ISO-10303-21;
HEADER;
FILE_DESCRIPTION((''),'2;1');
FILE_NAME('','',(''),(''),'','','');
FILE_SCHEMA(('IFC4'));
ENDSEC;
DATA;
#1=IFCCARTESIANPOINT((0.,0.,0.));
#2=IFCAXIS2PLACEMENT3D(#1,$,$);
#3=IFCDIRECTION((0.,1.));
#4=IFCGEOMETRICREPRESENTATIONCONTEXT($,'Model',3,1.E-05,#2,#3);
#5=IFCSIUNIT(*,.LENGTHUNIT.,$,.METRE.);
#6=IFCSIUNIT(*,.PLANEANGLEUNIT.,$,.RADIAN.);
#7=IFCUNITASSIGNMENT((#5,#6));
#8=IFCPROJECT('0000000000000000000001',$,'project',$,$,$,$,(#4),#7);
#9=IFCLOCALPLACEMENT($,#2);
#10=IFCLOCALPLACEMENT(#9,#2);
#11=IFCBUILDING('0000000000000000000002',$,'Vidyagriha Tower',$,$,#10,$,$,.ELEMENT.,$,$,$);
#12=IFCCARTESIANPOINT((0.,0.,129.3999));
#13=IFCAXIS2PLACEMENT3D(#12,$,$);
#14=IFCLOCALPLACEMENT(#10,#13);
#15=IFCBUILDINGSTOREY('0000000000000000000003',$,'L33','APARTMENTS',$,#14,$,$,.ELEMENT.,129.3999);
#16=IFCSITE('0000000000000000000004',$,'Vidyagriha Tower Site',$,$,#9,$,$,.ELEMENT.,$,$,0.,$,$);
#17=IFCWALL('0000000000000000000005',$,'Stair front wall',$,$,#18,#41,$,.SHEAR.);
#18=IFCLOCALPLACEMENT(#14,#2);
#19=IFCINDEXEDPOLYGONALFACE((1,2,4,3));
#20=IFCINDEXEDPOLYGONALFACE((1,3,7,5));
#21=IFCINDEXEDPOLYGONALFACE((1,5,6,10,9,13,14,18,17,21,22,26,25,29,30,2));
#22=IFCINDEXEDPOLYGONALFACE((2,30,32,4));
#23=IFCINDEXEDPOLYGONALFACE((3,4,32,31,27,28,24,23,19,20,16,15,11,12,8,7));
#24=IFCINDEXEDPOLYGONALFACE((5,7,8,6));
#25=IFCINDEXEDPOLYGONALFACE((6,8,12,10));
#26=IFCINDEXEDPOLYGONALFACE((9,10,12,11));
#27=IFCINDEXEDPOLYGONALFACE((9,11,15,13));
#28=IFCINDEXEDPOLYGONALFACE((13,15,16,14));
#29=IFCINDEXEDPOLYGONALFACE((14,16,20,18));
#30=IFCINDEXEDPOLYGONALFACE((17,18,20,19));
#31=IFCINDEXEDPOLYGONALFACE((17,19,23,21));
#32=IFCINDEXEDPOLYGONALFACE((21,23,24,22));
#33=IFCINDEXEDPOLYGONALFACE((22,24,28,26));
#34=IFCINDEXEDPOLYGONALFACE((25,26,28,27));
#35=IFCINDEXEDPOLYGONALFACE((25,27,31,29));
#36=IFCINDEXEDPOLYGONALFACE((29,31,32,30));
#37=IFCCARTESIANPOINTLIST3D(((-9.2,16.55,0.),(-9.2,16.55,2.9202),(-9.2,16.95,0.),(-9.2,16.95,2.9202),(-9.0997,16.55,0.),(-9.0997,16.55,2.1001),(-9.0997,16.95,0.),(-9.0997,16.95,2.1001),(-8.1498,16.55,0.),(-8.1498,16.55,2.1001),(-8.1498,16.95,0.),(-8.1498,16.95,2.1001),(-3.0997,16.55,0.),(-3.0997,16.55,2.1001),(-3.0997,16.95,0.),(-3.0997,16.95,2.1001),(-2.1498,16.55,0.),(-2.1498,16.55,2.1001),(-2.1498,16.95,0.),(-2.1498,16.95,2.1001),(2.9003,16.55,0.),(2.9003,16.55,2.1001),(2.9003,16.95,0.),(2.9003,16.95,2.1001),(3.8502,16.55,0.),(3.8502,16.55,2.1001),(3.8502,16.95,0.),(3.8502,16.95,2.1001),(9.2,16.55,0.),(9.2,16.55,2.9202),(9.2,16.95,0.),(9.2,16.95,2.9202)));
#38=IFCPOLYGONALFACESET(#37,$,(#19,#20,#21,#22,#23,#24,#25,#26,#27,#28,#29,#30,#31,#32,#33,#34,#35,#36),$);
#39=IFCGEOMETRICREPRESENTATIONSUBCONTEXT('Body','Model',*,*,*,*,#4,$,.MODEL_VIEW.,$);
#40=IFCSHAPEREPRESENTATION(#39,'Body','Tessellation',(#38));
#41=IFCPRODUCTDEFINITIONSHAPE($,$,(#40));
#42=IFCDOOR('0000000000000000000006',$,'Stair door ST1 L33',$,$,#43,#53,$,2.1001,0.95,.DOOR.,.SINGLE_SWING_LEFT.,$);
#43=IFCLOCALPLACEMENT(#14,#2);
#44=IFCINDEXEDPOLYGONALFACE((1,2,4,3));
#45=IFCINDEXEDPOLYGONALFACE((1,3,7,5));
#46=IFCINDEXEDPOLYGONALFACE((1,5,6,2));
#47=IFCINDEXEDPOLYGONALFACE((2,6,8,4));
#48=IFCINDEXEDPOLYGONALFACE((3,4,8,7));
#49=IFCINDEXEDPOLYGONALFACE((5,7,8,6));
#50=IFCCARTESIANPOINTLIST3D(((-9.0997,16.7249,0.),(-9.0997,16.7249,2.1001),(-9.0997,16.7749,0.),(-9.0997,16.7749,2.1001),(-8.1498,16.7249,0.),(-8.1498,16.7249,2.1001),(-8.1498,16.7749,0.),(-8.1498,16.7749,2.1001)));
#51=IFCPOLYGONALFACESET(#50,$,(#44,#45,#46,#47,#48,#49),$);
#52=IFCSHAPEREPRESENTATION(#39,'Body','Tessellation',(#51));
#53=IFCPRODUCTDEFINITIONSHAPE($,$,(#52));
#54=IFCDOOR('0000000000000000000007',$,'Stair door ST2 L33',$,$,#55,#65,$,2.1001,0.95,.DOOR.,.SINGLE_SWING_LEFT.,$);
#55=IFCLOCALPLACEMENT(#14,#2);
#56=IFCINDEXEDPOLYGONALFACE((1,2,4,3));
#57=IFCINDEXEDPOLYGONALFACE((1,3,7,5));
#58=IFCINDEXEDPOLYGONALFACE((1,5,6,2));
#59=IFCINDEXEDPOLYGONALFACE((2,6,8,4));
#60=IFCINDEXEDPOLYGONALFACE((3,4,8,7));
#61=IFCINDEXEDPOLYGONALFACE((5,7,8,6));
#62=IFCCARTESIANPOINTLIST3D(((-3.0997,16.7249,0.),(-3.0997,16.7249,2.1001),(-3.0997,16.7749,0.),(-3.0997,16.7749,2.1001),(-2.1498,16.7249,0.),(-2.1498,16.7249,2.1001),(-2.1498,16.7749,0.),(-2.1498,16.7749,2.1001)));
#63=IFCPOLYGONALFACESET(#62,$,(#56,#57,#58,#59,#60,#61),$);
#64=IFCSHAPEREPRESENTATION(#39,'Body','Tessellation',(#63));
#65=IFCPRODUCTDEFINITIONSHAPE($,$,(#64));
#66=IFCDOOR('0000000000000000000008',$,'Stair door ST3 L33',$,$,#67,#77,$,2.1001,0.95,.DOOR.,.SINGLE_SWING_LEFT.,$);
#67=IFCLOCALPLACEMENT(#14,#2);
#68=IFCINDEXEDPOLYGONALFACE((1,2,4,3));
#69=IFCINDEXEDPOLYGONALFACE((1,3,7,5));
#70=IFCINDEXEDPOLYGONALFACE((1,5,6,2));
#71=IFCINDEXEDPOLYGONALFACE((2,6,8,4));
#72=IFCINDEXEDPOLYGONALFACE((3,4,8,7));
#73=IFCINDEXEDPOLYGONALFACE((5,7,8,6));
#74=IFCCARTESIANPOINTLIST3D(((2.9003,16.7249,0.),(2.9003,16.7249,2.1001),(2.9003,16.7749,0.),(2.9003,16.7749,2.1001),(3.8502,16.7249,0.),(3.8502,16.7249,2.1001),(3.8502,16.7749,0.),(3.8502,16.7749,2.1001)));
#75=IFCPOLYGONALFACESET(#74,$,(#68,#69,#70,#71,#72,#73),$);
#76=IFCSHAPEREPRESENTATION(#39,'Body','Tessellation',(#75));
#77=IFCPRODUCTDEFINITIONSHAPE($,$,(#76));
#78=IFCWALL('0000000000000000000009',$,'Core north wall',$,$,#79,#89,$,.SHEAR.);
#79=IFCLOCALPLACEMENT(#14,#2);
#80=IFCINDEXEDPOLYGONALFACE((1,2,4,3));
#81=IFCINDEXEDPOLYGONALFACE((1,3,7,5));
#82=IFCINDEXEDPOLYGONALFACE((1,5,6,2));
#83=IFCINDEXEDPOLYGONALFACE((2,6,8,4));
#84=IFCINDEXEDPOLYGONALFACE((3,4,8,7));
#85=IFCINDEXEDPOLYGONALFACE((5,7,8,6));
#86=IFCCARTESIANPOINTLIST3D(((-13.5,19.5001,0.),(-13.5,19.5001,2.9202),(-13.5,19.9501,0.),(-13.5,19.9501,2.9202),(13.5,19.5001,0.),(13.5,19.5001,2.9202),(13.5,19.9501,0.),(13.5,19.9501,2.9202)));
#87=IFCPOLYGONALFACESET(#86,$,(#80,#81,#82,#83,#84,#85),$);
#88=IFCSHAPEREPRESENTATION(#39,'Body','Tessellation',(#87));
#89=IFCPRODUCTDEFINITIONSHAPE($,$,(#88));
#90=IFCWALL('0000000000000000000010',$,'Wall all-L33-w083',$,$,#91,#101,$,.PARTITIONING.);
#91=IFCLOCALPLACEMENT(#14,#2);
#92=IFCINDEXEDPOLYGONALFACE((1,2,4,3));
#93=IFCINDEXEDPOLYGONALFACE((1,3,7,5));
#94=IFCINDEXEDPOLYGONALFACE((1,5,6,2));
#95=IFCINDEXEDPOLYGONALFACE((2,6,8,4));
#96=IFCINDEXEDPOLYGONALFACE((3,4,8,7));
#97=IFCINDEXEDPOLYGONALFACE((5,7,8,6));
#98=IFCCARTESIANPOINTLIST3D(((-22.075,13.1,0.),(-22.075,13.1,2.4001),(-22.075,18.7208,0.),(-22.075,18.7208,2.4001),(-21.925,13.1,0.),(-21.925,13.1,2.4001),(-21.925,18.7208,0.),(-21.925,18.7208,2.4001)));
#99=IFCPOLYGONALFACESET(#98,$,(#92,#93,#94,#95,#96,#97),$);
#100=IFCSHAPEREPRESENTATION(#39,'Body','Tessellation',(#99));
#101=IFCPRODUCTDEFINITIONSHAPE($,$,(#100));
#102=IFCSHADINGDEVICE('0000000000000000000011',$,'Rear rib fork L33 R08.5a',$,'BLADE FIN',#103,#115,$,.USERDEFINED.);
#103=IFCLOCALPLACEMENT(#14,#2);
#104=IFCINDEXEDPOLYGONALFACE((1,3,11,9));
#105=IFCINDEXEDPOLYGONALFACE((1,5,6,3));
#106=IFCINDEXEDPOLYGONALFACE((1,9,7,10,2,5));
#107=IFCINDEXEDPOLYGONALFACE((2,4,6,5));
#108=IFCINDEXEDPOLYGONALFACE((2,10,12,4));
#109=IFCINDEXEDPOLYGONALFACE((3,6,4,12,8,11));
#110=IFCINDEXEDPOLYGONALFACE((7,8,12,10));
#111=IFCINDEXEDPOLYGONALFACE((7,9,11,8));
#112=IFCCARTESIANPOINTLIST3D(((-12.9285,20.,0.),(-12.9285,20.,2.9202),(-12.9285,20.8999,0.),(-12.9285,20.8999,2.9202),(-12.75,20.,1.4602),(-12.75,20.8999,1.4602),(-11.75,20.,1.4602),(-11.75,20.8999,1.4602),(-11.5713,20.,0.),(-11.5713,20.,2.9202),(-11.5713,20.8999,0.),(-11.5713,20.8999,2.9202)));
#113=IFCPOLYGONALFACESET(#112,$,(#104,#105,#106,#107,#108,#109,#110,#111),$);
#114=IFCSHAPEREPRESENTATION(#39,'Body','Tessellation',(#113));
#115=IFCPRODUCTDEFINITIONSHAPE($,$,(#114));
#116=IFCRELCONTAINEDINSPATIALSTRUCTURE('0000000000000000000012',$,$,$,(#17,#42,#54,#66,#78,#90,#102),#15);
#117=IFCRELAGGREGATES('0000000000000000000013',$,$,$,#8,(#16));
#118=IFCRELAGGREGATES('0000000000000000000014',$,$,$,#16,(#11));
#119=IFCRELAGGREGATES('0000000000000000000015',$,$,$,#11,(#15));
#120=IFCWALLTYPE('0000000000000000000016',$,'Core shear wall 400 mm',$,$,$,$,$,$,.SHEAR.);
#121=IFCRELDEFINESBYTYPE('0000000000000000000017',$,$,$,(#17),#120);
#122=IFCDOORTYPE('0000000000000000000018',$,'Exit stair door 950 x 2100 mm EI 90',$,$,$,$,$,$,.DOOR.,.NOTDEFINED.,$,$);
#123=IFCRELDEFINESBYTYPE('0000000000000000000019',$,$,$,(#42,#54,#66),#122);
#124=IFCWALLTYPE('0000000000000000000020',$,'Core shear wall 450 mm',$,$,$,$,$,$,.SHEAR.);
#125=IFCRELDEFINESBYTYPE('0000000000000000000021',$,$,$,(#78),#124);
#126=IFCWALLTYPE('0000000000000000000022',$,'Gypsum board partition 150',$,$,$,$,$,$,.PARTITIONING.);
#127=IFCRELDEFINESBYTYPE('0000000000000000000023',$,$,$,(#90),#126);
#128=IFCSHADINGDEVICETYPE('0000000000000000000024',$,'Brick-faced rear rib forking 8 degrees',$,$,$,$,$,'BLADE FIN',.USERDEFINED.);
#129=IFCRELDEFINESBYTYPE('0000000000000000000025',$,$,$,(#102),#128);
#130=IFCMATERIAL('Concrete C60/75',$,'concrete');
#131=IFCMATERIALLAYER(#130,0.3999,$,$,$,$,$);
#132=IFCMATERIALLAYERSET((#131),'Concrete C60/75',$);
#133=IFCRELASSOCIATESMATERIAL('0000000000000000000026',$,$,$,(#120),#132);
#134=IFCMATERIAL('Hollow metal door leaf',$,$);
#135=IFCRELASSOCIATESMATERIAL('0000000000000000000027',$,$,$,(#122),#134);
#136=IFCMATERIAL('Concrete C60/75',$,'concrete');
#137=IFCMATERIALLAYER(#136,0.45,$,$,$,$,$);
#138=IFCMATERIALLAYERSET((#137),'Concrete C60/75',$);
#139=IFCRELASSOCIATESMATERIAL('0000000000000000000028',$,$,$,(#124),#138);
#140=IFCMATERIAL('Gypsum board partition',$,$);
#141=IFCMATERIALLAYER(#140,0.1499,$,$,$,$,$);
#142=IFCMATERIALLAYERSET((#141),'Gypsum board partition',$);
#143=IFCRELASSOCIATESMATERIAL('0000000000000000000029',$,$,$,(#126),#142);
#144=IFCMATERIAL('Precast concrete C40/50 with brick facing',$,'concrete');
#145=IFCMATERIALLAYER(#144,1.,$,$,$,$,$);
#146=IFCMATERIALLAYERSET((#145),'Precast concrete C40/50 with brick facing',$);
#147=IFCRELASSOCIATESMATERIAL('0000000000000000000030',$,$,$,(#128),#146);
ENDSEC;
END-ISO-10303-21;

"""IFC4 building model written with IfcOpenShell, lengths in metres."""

from ifc_helpers import new_model, si_unit, direction, frame, frame_2d, origin, place, context, subcontext, project, spatial, polyline, rectangle, outline, extrude, material, layer, layer_set, type_object, element, fill, save


model = new_model("IFC4")

# Units and contexts
model_context = context("Model", 3, precision=1e-05, world=origin(), true_north=direction((0.0, 1.0)))
body_context = subcontext(model_context, "Body", "Model", "MODEL_VIEW")
ifc_project = project(units=[si_unit("LENGTHUNIT", "METRE"), si_unit("PLANEANGLEUNIT", "RADIAN")], contexts=[model_context])

# Site, building, storey
site_placement = place(None, origin())
site = spatial("IfcSite", under=ifc_project, at=site_placement, Name="Vidyagriha Tower Site", CompositionType="ELEMENT", RefElevation=0.0)
building_placement = place(site_placement, origin())
building = spatial("IfcBuilding", under=site, at=building_placement, Name="Vidyagriha Tower", CompositionType="ELEMENT")
storey_placement = place(building_placement, frame((0.0, 0.0, 129.3999)))
storey = spatial("IfcBuildingStorey", under=building, at=storey_placement, Name="L33", Description="APARTMENTS", CompositionType="ELEMENT", Elevation=129.3999)

# Shared definitions
ifc_material_1 = material(Name="Concrete C60/75", Category="concrete")
ifc_layer_1 = layer(ifc_material_1, 0.3999)
ifc_layer_set_1 = layer_set([ifc_layer_1], Name="Concrete C60/75")
wall_type_1 = type_object("IfcWallType", Name="Core shear wall 400 mm", PredefinedType="SHEAR", material=ifc_layer_set_1)

# Wall, openings, doors
wall_1_placement = place(storey_placement, frame((-9.2, 16.75, 0.0)))
wall_1 = element("IfcWall", 1, at=wall_1_placement, inside=storey, type_object=wall_type_1, Name="Stair front wall", PredefinedType="SHEAR", context=body_context, shape_type="SweptSolid", body=[
    extrude(rectangle(XDim=18.3999, YDim=0.3999, at=frame_2d((9.2, 0.0))), origin(), (0.0, 0.0, 1.0), 2.9202),
])
opening_1_placement = place(wall_1_placement, frame((0.1001, 0.0, 0.0)))
opening_1 = element("IfcOpeningElement", 2, at=opening_1_placement, cuts=wall_1, PredefinedType="OPENING", context=body_context, shape_type="SweptSolid", body=[
    extrude(rectangle(XDim=0.95, YDim=2.1001, at=frame_2d((0.4751, 1.05))), frame((0.0, 0.21, 0.0), z_axis=(0.0, -1.0, 0.0), x_axis=(1.0, 0.0, 0.0)), (0.0, 0.0, 1.0), 0.4199),
])
opening_2_placement = place(wall_1_placement, frame((6.1001, 0.0, 0.0)))
opening_2 = element("IfcOpeningElement", 3, at=opening_2_placement, cuts=wall_1, PredefinedType="OPENING", context=body_context, shape_type="SweptSolid", body=[
    extrude(rectangle(XDim=0.95, YDim=2.1001, at=frame_2d((0.4751, 1.05))), frame((0.0, 0.21, 0.0), z_axis=(0.0, -1.0, 0.0), x_axis=(1.0, 0.0, 0.0)), (0.0, 0.0, 1.0), 0.4199),
])
opening_3_placement = place(wall_1_placement, frame((12.1001, 0.0, 0.0)))
opening_3 = element("IfcOpeningElement", 4, at=opening_3_placement, cuts=wall_1, PredefinedType="OPENING", context=body_context, shape_type="SweptSolid", body=[
    extrude(rectangle(XDim=0.95, YDim=2.1001, at=frame_2d((0.4751, 1.05))), frame((0.0, 0.21, 0.0), z_axis=(0.0, -1.0, 0.0), x_axis=(1.0, 0.0, 0.0)), (0.0, 0.0, 1.0), 0.4199),
])
ifc_material_2 = material(Name="Hollow metal door leaf")
door_type = type_object("IfcDoorType", Name="Exit stair door 950 x 2100 mm EI 90", OperationType="NOTDEFINED", PredefinedType="DOOR", material=ifc_material_2)
door_1_placement = place(opening_1_placement, origin())
door_1 = element("IfcDoor", 5, at=door_1_placement, inside=storey, type_object=door_type, Name="Stair door ST1 L33", OperationType="SINGLE_SWING_LEFT", OverallHeight=2.1001, OverallWidth=0.95, PredefinedType="DOOR", context=body_context, shape_type="SweptSolid", body=[
    extrude(rectangle(XDim=0.95, YDim=2.1001, at=frame_2d((0.4751, 1.05))), frame((0.0, 0.0249, 0.0), z_axis=(0.0, -1.0, 0.0), x_axis=(1.0, 0.0, 0.0)), (0.0, 0.0, 1.0), 0.05),
])
fill(opening_1, door_1)
door_2_placement = place(opening_2_placement, origin())
door_2 = element("IfcDoor", 6, at=door_2_placement, inside=storey, type_object=door_type, Name="Stair door ST2 L33", OperationType="SINGLE_SWING_LEFT", OverallHeight=2.1001, OverallWidth=0.95, PredefinedType="DOOR", context=body_context, shape_type="SweptSolid", body=[
    extrude(rectangle(XDim=0.95, YDim=2.1001, at=frame_2d((0.4751, 1.05))), frame((0.0, 0.0249, 0.0), z_axis=(0.0, -1.0, 0.0), x_axis=(1.0, 0.0, 0.0)), (0.0, 0.0, 1.0), 0.05),
])
fill(opening_2, door_2)
door_3_placement = place(opening_3_placement, origin())
door_3 = element("IfcDoor", 7, at=door_3_placement, inside=storey, type_object=door_type, Name="Stair door ST3 L33", OperationType="SINGLE_SWING_LEFT", OverallHeight=2.1001, OverallWidth=0.95, PredefinedType="DOOR", context=body_context, shape_type="SweptSolid", body=[
    extrude(rectangle(XDim=0.95, YDim=2.1001, at=frame_2d((0.4751, 1.05))), frame((0.0, 0.0249, 0.0), z_axis=(0.0, -1.0, 0.0), x_axis=(1.0, 0.0, 0.0)), (0.0, 0.0, 1.0), 0.05),
])
fill(opening_3, door_3)

# Walls
ifc_material_3 = material(Name="Concrete C60/75", Category="concrete")
ifc_layer_2 = layer(ifc_material_3, 0.45)
ifc_layer_set_2 = layer_set([ifc_layer_2], Name="Concrete C60/75")
wall_type_2 = type_object("IfcWallType", Name="Core shear wall 450 mm", PredefinedType="SHEAR", material=ifc_layer_set_2)
wall_2_placement = place(storey_placement, frame((-13.5, 19.7251, 0.0)))
element("IfcWall", 8, at=wall_2_placement, inside=storey, type_object=wall_type_2, Name="Core north wall", PredefinedType="SHEAR", context=body_context, shape_type="SweptSolid", body=[
    extrude(rectangle(XDim=27.0, YDim=0.45, at=frame_2d((13.5, 0.0))), origin(), (0.0, 0.0, 1.0), 2.9202),
])
ifc_material_4 = material(Name="Gypsum board partition")
ifc_layer_3 = layer(ifc_material_4, 0.1499)
ifc_layer_set_3 = layer_set([ifc_layer_3], Name="Gypsum board partition")
wall_type_3 = type_object("IfcWallType", Name="Gypsum board partition 150", PredefinedType="PARTITIONING", material=ifc_layer_set_3)
wall_3_placement = place(storey_placement, frame((-22.0, 18.7209, 0.0), z_axis=(0.0, 0.0, 1.0), x_axis=(0.0, -1.0, 0.0)))
element("IfcWall", 9, at=wall_3_placement, inside=storey, type_object=wall_type_3, Name="Wall all-L33-w083", PredefinedType="PARTITIONING", context=body_context, shape_type="SweptSolid", body=[
    extrude(rectangle(XDim=5.6208, YDim=0.1499, at=frame_2d((2.8105, 0.0))), origin(), (0.0, 0.0, 1.0), 2.4001),
])

# Shading device
ifc_material_5 = material(Name="Precast concrete C40/50 with brick facing", Category="concrete")
ifc_layer_4 = layer(ifc_material_5, 1.0)
ifc_layer_set_4 = layer_set([ifc_layer_4], Name="Precast concrete C40/50 with brick facing")
shading_device_type = type_object("IfcShadingDeviceType", Name="Brick-faced rear rib forking 8 degrees", ElementType="BLADE FIN", PredefinedType="USERDEFINED", material=ifc_layer_set_4)
shading_device_placement = place(storey_placement, frame((-11.5713, 20.45, 0.0), z_axis=(0.0, 0.0, 1.0), x_axis=(-1.0, 0.0, 0.0)))
element("IfcShadingDevice", 10, at=shading_device_placement, inside=storey, type_object=shading_device_type, Name="Rear rib fork L33 R08.5a", ObjectType="BLADE FIN", PredefinedType="USERDEFINED", context=body_context, shape_type="SweptSolid", body=[
    extrude(outline(polyline([(0.0, 0.0), (1.3572, 0.0), (1.1787, 1.4602), (1.3572, 2.9202), (0.0, 2.9202), (0.1787, 1.4602), (0.0, 0.0)])), frame((0.0, 0.45, 0.0), z_axis=(0.0, -1.0, 0.0), x_axis=(1.0, 0.0, 0.0)), (0.0, 0.0, 1.0), 0.8999),
])

save(model, "model.ifc")
